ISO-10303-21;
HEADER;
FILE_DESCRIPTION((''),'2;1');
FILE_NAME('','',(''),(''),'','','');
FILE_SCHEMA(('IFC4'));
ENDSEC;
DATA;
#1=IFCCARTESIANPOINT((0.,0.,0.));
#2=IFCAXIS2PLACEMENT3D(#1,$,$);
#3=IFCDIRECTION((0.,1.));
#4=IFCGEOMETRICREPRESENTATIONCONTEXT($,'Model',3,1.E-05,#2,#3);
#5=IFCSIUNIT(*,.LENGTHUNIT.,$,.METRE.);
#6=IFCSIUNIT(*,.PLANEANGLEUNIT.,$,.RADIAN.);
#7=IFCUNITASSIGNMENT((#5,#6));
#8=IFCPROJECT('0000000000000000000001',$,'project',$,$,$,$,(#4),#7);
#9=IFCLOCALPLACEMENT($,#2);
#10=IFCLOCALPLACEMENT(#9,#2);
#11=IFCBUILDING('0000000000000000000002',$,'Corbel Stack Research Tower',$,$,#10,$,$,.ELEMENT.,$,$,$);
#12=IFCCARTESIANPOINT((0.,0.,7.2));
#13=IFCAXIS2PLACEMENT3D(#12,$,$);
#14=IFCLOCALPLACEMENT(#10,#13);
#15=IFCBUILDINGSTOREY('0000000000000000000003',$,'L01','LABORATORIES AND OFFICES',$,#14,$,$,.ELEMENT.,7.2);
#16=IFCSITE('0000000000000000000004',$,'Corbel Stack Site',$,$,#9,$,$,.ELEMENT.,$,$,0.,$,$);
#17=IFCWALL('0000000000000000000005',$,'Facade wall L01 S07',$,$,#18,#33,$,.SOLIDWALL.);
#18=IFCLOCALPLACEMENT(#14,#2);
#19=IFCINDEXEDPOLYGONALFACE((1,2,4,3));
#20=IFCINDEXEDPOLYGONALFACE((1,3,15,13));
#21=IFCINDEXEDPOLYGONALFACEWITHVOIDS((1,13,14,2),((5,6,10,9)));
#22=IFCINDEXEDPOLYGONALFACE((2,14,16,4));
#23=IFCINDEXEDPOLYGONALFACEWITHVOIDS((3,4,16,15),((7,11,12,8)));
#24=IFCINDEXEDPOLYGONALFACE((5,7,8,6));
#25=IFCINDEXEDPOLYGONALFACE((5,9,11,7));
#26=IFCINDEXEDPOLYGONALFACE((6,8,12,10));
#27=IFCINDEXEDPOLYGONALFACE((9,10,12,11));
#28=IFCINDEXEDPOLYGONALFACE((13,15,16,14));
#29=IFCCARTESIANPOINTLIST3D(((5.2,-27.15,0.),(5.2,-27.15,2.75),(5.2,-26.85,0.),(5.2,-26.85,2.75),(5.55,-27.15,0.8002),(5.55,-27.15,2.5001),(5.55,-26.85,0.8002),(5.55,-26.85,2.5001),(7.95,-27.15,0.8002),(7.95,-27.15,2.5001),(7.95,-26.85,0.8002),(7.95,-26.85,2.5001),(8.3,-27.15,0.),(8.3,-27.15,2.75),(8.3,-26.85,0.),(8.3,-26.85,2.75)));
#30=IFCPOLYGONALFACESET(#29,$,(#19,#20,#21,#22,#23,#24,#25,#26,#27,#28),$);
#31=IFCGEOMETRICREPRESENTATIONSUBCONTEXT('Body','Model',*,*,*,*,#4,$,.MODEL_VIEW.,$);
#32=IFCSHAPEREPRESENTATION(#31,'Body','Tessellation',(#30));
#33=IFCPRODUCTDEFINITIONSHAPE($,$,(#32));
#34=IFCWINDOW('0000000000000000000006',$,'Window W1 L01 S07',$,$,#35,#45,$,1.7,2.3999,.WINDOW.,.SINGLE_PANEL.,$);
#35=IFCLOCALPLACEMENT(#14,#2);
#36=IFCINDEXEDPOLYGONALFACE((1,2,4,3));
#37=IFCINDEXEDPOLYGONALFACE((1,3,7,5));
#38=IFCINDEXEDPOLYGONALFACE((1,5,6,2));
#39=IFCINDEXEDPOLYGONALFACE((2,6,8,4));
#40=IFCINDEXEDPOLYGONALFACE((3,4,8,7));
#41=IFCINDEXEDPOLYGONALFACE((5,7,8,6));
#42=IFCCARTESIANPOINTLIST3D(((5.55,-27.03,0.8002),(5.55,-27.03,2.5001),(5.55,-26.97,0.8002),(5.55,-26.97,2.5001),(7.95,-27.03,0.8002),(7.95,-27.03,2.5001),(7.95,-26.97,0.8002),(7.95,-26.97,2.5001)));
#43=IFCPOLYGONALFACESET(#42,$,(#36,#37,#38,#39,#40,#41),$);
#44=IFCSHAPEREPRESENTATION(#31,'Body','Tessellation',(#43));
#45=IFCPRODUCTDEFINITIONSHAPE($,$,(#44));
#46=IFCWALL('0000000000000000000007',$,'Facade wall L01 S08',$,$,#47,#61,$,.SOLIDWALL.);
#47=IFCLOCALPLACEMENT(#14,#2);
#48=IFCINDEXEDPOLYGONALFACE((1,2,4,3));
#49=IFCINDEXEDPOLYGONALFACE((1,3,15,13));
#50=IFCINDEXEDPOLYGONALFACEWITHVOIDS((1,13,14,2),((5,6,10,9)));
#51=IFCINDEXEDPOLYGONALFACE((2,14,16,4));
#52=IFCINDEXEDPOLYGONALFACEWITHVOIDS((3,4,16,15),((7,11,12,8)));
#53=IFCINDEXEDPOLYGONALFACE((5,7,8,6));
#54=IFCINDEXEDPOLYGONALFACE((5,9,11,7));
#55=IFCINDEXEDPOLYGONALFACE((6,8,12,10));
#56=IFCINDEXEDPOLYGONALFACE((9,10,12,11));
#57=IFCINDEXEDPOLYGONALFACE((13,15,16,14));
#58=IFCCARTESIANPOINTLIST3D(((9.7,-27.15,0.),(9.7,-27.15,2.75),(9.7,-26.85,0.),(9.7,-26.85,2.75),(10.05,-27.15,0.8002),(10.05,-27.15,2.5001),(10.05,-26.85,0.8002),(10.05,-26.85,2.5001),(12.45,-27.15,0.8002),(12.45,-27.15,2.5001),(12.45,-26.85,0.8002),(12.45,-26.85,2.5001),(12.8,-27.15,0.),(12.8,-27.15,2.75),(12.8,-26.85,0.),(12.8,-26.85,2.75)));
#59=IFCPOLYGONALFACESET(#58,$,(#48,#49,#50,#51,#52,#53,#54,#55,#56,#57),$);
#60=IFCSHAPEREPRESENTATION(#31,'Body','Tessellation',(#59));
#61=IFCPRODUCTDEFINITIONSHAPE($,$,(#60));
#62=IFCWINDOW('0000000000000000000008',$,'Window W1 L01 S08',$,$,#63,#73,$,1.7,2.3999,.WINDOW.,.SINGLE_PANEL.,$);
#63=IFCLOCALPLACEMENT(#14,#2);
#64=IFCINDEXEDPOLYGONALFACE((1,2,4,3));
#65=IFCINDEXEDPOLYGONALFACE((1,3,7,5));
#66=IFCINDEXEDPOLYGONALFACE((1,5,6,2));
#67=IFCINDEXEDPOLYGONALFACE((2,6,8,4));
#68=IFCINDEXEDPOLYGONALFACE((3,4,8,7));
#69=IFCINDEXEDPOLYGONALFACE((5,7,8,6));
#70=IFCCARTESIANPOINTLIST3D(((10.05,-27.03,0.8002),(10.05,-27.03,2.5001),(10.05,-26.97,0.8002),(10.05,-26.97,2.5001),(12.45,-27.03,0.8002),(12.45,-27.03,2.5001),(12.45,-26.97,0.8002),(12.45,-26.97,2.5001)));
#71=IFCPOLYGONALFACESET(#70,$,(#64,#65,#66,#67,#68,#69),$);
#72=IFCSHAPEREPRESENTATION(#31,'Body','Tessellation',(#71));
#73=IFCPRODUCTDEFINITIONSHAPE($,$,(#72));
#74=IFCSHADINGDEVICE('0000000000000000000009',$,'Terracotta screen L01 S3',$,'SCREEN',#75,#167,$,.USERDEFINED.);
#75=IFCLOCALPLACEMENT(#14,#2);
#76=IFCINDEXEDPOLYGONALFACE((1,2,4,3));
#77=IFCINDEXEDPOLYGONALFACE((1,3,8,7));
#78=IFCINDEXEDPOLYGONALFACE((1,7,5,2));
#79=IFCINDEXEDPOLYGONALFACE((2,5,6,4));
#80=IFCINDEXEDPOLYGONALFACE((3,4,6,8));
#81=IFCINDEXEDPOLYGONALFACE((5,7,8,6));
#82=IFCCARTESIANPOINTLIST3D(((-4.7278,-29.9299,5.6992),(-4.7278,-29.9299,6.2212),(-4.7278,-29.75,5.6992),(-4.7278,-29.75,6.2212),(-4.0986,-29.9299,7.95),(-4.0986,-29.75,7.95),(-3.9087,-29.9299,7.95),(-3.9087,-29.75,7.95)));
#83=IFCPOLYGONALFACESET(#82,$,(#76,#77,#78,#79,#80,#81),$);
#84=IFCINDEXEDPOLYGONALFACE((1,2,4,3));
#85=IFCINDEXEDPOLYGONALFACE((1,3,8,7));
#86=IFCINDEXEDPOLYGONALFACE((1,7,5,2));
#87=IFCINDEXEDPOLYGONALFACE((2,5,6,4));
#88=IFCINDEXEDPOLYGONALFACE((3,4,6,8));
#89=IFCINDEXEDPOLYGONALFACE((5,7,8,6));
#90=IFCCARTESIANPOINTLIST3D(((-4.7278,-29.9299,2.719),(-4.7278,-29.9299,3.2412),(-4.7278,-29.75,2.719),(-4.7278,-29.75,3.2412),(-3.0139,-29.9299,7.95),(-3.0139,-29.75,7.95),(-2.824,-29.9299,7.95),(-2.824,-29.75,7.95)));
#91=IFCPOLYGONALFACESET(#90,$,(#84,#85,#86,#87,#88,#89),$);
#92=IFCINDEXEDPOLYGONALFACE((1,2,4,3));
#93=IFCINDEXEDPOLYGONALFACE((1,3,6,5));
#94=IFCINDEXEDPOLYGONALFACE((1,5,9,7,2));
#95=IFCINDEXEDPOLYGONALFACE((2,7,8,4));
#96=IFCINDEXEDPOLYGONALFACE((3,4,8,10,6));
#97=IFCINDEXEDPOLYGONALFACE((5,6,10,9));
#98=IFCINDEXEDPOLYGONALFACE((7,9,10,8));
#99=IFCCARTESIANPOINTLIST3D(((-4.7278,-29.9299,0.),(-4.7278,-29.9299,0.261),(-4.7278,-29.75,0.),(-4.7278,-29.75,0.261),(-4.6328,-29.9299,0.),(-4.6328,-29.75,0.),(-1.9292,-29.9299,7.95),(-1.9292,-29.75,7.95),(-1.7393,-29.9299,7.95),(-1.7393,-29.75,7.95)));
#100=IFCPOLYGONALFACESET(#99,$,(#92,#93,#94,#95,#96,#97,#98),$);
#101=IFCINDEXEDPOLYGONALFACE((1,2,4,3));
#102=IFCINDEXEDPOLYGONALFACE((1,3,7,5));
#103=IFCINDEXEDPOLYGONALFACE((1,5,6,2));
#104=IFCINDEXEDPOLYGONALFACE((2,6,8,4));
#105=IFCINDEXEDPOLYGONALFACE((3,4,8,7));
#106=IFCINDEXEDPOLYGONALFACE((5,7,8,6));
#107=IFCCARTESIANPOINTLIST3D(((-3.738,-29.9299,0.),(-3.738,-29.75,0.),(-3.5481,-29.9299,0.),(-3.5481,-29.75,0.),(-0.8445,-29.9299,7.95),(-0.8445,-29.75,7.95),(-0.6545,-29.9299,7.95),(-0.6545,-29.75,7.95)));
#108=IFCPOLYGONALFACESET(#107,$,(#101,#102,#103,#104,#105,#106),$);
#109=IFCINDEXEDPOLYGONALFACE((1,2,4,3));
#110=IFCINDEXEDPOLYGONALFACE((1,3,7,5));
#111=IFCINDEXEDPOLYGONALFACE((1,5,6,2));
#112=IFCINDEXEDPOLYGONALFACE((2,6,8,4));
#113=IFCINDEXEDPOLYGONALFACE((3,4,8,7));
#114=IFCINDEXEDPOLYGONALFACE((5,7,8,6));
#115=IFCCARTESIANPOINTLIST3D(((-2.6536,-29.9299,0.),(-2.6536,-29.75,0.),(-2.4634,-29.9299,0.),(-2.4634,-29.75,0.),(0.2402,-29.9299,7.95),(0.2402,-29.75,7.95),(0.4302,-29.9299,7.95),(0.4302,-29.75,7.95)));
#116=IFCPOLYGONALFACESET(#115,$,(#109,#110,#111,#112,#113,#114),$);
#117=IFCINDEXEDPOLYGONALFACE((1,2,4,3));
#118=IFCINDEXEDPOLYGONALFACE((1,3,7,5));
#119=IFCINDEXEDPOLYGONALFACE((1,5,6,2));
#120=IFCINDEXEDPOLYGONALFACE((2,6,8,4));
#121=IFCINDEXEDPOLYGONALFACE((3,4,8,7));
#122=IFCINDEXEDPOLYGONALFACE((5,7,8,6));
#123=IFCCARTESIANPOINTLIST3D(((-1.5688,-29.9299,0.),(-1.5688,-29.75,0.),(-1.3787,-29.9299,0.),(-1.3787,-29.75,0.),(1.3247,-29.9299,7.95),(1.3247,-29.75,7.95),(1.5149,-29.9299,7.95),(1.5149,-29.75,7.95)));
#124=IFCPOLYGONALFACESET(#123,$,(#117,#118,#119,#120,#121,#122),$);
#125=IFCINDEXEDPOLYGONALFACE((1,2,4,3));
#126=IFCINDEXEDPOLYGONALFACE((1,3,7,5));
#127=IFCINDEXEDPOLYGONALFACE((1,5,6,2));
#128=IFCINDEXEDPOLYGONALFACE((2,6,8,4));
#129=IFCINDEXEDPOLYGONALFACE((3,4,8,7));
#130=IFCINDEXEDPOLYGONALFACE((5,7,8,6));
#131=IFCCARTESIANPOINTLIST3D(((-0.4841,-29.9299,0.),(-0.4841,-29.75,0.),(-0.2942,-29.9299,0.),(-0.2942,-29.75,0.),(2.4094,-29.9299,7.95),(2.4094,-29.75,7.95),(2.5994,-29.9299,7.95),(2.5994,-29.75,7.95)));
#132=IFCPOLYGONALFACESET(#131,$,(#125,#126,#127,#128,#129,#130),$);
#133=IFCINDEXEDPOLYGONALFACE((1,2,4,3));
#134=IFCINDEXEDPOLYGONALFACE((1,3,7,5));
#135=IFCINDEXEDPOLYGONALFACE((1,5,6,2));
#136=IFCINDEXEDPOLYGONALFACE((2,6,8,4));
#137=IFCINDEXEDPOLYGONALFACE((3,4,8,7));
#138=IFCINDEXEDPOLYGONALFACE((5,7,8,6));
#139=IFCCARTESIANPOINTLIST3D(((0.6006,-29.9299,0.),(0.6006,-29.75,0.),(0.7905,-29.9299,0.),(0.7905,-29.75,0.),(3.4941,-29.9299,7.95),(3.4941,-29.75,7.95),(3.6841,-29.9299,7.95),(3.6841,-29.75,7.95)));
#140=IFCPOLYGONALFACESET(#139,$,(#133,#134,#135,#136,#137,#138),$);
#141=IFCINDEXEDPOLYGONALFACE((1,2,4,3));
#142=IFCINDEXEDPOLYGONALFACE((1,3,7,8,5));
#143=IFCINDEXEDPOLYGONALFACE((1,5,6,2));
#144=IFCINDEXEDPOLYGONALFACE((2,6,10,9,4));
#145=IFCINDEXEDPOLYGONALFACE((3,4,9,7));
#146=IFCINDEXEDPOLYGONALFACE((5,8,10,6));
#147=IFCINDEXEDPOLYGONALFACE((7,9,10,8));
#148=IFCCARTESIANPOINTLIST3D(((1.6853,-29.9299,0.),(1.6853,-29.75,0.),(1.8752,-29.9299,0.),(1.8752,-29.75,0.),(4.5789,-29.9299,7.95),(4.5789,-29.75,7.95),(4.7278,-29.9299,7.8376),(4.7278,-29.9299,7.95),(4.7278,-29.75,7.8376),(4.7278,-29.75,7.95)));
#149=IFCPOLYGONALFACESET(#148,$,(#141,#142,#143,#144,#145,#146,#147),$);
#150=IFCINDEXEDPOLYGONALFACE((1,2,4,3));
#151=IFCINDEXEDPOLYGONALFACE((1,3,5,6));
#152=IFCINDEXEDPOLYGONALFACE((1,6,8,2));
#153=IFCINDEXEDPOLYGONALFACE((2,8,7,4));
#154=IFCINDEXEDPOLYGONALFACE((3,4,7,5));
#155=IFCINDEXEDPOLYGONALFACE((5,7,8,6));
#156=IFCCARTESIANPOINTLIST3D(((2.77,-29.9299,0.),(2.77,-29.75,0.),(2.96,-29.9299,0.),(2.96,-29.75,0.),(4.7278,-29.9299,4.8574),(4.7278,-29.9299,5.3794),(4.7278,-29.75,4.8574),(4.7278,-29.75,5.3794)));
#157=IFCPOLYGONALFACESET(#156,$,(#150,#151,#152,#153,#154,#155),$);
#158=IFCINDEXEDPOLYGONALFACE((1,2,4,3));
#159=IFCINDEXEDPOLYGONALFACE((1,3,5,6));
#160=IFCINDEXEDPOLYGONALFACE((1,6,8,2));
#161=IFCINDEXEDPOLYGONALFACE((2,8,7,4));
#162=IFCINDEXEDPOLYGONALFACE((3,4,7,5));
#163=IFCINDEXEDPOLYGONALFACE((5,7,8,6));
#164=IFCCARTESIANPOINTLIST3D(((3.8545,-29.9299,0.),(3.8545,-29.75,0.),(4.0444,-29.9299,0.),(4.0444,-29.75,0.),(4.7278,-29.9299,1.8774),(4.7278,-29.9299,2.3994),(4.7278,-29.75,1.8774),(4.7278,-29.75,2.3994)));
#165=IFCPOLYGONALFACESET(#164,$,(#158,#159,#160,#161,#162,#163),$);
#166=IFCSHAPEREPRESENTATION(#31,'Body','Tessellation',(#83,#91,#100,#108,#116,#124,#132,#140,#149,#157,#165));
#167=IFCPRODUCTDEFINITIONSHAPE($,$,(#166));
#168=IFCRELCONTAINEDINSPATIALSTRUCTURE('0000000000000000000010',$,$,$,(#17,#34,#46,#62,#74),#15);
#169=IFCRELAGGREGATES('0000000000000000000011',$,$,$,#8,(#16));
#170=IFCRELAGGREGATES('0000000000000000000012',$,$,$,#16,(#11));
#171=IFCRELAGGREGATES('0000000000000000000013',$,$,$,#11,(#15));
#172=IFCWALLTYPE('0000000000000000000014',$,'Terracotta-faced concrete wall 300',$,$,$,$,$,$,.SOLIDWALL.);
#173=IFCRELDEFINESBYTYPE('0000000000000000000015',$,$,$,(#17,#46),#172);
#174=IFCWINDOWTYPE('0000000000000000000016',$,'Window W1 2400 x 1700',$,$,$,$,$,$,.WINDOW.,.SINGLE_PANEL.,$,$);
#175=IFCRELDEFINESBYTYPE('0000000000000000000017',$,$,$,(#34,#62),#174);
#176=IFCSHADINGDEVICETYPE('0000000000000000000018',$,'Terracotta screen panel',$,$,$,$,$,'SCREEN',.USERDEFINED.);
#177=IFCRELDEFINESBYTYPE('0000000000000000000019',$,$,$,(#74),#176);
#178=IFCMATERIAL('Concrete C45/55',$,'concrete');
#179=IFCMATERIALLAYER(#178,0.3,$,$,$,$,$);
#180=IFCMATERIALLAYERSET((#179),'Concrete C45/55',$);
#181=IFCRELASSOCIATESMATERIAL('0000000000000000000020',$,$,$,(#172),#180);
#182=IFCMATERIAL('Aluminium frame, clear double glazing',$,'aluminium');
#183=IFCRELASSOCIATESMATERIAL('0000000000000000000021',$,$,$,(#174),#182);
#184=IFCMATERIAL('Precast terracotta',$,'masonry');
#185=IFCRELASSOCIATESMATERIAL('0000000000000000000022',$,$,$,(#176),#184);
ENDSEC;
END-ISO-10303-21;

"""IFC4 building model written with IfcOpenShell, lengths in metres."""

from ifc_helpers import new_model, si_unit, direction, frame, frame_2d, origin, place, context, subcontext, project, spatial, polyline, rectangle, outline, extrude, source, transform, mapped, material, layer, layer_set, type_object, element, fill, save


model = new_model("IFC4")

# Units and contexts
model_context = context("Model", 3, precision=1e-05, world=origin(), true_north=direction((0.0, 1.0)))
body_context = subcontext(model_context, "Body", "Model", "MODEL_VIEW")
ifc_project = project(units=[si_unit("LENGTHUNIT", "METRE"), si_unit("PLANEANGLEUNIT", "RADIAN")], contexts=[model_context])

# Site, building, storey
site_placement = place(None, origin())
site = spatial("IfcSite", under=ifc_project, at=site_placement, Name="Corbel Stack Site", CompositionType="ELEMENT", RefElevation=0.0)
building_placement = place(site_placement, origin())
building = spatial("IfcBuilding", under=site, at=building_placement, Name="Corbel Stack Research Tower", CompositionType="ELEMENT")
storey_placement = place(building_placement, frame((0.0, 0.0, 7.2)))
storey = spatial("IfcBuildingStorey", under=building, at=storey_placement, Name="L01", Description="LABORATORIES AND OFFICES", CompositionType="ELEMENT", Elevation=7.2)

# Walls, openings, windows
ifc_material_1 = material(Name="Concrete C45/55", Category="concrete")
ifc_layer_1 = layer(ifc_material_1, 0.3)
ifc_layer_set_1 = layer_set([ifc_layer_1], Name="Concrete C45/55")
wall_type = type_object("IfcWallType", Name="Terracotta-faced concrete wall 300", PredefinedType="SOLIDWALL", material=ifc_layer_set_1)
ifc_material_2 = material(Name="Aluminium frame, clear double glazing", Category="aluminium")
window_type = type_object("IfcWindowType", Name="Window W1 2400 x 1700", PartitioningType="SINGLE_PANEL", PredefinedType="WINDOW", material=ifc_material_2)
wall_1_placement = place(storey_placement, frame((8.3, -27.0, 0.0), z_axis=(0.0, 0.0, 1.0), x_axis=(-1.0, 0.0, 0.0)))
wall_1 = element("IfcWall", 1, at=wall_1_placement, inside=storey, type_object=wall_type, Name="Facade wall L01 S07", PredefinedType="SOLIDWALL", context=body_context, shape_type="SweptSolid", body=[
    extrude(rectangle(XDim=3.1001, YDim=0.3, at=frame_2d((1.55, 0.0))), origin(), (0.0, 0.0, 1.0), 2.75),
])
opening_1_placement = place(wall_1_placement, frame((0.3501, 0.0, 0.8)))
opening_1 = element("IfcOpeningElement", 2, at=opening_1_placement, cuts=wall_1, PredefinedType="OPENING", context=body_context, shape_type="SweptSolid", body=[
    extrude(rectangle(XDim=2.3999, YDim=1.7, at=frame_2d((1.2, 0.8501))), frame((0.0, 0.1599, 0.0), z_axis=(0.0, -1.0, 0.0), x_axis=(1.0, 0.0, 0.0)), (0.0, 0.0, 1.0), 0.3201),
])
window_1_placement = place(opening_1_placement, origin())
window_1 = element("IfcWindow", 3, at=window_1_placement, inside=storey, type_object=window_type, Name="Window W1 L01 S07", OverallHeight=1.7, OverallWidth=2.3999, PartitioningType="SINGLE_PANEL", PredefinedType="WINDOW", context=body_context, shape_type="SweptSolid", body=[
    extrude(rectangle(XDim=2.3999, YDim=1.7, at=frame_2d((1.2, 0.8501))), frame((0.0, 0.03, 0.0), z_axis=(0.0, -1.0, 0.0), x_axis=(1.0, 0.0, 0.0)), (0.0, 0.0, 1.0), 0.0601),
])
fill(opening_1, window_1)
wall_2_placement = place(storey_placement, frame((12.8, -27.0, 0.0), z_axis=(0.0, 0.0, 1.0), x_axis=(-1.0, 0.0, 0.0)))
wall_2 = element("IfcWall", 4, at=wall_2_placement, inside=storey, type_object=wall_type, Name="Facade wall L01 S08", PredefinedType="SOLIDWALL", context=body_context, shape_type="SweptSolid", body=[
    extrude(rectangle(XDim=3.1001, YDim=0.3, at=frame_2d((1.55, 0.0))), origin(), (0.0, 0.0, 1.0), 2.75),
])
opening_2_placement = place(wall_2_placement, frame((0.3501, 0.0, 0.8)))
opening_2 = element("IfcOpeningElement", 5, at=opening_2_placement, cuts=wall_2, PredefinedType="OPENING", context=body_context, shape_type="SweptSolid", body=[
    extrude(rectangle(XDim=2.3999, YDim=1.7, at=frame_2d((1.2, 0.8501))), frame((0.0, 0.1599, 0.0), z_axis=(0.0, -1.0, 0.0), x_axis=(1.0, 0.0, 0.0)), (0.0, 0.0, 1.0), 0.3201),
])
window_2_placement = place(opening_2_placement, origin())
window_2 = element("IfcWindow", 6, at=window_2_placement, inside=storey, type_object=window_type, Name="Window W1 L01 S08", OverallHeight=1.7, OverallWidth=2.3999, PartitioningType="SINGLE_PANEL", PredefinedType="WINDOW", context=body_context, shape_type="SweptSolid", body=[
    extrude(rectangle(XDim=2.3999, YDim=1.7, at=frame_2d((1.2, 0.8501))), frame((0.0, 0.03, 0.0), z_axis=(0.0, -1.0, 0.0), x_axis=(1.0, 0.0, 0.0)), (0.0, 0.0, 1.0), 0.0601),
])
fill(opening_2, window_2)

# Shading device
ifc_material_3 = material(Name="Precast terracotta", Category="masonry")
shading_device_type = type_object("IfcShadingDeviceType", Name="Terracotta screen panel", ElementType="SCREEN", PredefinedType="USERDEFINED", material=ifc_material_3)
shared_shape_1 = source(origin(), body_context, "Body", "SweptSolid", [
    extrude(outline(polyline([(0.8191, 7.95), (0.6292, 7.95), (0.0, 6.2212), (0.0, 5.6992), (0.8191, 7.95)])), frame((0.0, 0.0, 0.0), z_axis=(0.0, -1.0, 0.0), x_axis=(1.0, 0.0, 0.0)), (0.0, 0.0, 1.0), 0.1799),
    extrude(outline(polyline([(1.9038, 7.95), (1.7139, 7.95), (0.0, 3.2412), (0.0, 2.719), (1.9038, 7.95)])), frame((0.0, 0.0, 0.0), z_axis=(0.0, -1.0, 0.0), x_axis=(1.0, 0.0, 0.0)), (0.0, 0.0, 1.0), 0.1799),
    extrude(outline(polyline([(0.095, 0.0), (2.9885, 7.95), (2.7986, 7.95), (0.0, 0.261), (0.0, 0.0), (0.095, 0.0)])), frame((0.0, 0.0, 0.0), z_axis=(0.0, -1.0, 0.0), x_axis=(1.0, 0.0, 0.0)), (0.0, 0.0, 1.0), 0.1799),
    extrude(outline(polyline([(1.1797, 0.0), (4.0732, 7.95), (3.8833, 7.95), (0.9897, 0.0), (1.1797, 0.0)])), frame((0.0, 0.0, 0.0), z_axis=(0.0, -1.0, 0.0), x_axis=(1.0, 0.0, 0.0)), (0.0, 0.0, 1.0), 0.1799),
    extrude(outline(polyline([(2.2644, 0.0), (5.158, 7.95), (4.968, 7.95), (2.0742, 0.0), (2.2644, 0.0)])), frame((0.0, 0.0, 0.0), z_axis=(0.0, -1.0, 0.0), x_axis=(1.0, 0.0, 0.0)), (0.0, 0.0, 1.0), 0.1799),
    extrude(outline(polyline([(3.3491, 0.0), (6.2427, 7.95), (6.0525, 7.95), (3.1589, 0.0), (3.3491, 0.0)])), frame((0.0, 0.0, 0.0), z_axis=(0.0, -1.0, 0.0), x_axis=(1.0, 0.0, 0.0)), (0.0, 0.0, 1.0), 0.1799),
    extrude(outline(polyline([(4.4336, 0.0), (7.3271, 7.95), (7.1372, 7.95), (4.2437, 0.0), (4.4336, 0.0)])), frame((0.0, 0.0, 0.0), z_axis=(0.0, -1.0, 0.0), x_axis=(1.0, 0.0, 0.0)), (0.0, 0.0, 1.0), 0.1799),
    extrude(outline(polyline([(5.5183, 0.0), (8.4119, 7.95), (8.2219, 7.95), (5.3284, 0.0), (5.5183, 0.0)])), frame((0.0, 0.0, 0.0), z_axis=(0.0, -1.0, 0.0), x_axis=(1.0, 0.0, 0.0)), (0.0, 0.0, 1.0), 0.1799),
    extrude(outline(polyline([(6.603, 0.0), (9.4556, 7.8376), (9.4556, 7.95), (9.3066, 7.95), (6.4131, 0.0), (6.603, 0.0)])), frame((0.0, 0.0, 0.0), z_axis=(0.0, -1.0, 0.0), x_axis=(1.0, 0.0, 0.0)), (0.0, 0.0, 1.0), 0.1799),
    extrude(outline(polyline([(7.6877, 0.0), (9.4556, 4.8574), (9.4556, 5.3794), (7.4978, 0.0), (7.6877, 0.0)])), frame((0.0, 0.0, 0.0), z_axis=(0.0, -1.0, 0.0), x_axis=(1.0, 0.0, 0.0)), (0.0, 0.0, 1.0), 0.1799),
    extrude(outline(polyline([(8.7722, 0.0), (9.4556, 1.8774), (9.4556, 2.3994), (8.5823, 0.0), (8.7722, 0.0)])), frame((0.0, 0.0, 0.0), z_axis=(0.0, -1.0, 0.0), x_axis=(1.0, 0.0, 0.0)), (0.0, 0.0, 1.0), 0.1799),
])
for number, where, z_axis, x_axis, name in (
    (7, (-4.7278, -29.75, 0.0), (0.0, 0.0, 1.0), (1.0, 0.0, 0.0), "Terracotta screen L01 S3"),
):
    element("IfcShadingDevice", number, at=place(storey_placement, frame(where, z_axis=z_axis, x_axis=x_axis)), inside=storey, type_object=shading_device_type, Name=name, ObjectType="SCREEN", PredefinedType="USERDEFINED", context=body_context, shape_type="MappedRepresentation", body=[
        mapped(shared_shape_1, transform((0.0, 0.0, 0.0))),
    ])

save(model, "model.ifc")
